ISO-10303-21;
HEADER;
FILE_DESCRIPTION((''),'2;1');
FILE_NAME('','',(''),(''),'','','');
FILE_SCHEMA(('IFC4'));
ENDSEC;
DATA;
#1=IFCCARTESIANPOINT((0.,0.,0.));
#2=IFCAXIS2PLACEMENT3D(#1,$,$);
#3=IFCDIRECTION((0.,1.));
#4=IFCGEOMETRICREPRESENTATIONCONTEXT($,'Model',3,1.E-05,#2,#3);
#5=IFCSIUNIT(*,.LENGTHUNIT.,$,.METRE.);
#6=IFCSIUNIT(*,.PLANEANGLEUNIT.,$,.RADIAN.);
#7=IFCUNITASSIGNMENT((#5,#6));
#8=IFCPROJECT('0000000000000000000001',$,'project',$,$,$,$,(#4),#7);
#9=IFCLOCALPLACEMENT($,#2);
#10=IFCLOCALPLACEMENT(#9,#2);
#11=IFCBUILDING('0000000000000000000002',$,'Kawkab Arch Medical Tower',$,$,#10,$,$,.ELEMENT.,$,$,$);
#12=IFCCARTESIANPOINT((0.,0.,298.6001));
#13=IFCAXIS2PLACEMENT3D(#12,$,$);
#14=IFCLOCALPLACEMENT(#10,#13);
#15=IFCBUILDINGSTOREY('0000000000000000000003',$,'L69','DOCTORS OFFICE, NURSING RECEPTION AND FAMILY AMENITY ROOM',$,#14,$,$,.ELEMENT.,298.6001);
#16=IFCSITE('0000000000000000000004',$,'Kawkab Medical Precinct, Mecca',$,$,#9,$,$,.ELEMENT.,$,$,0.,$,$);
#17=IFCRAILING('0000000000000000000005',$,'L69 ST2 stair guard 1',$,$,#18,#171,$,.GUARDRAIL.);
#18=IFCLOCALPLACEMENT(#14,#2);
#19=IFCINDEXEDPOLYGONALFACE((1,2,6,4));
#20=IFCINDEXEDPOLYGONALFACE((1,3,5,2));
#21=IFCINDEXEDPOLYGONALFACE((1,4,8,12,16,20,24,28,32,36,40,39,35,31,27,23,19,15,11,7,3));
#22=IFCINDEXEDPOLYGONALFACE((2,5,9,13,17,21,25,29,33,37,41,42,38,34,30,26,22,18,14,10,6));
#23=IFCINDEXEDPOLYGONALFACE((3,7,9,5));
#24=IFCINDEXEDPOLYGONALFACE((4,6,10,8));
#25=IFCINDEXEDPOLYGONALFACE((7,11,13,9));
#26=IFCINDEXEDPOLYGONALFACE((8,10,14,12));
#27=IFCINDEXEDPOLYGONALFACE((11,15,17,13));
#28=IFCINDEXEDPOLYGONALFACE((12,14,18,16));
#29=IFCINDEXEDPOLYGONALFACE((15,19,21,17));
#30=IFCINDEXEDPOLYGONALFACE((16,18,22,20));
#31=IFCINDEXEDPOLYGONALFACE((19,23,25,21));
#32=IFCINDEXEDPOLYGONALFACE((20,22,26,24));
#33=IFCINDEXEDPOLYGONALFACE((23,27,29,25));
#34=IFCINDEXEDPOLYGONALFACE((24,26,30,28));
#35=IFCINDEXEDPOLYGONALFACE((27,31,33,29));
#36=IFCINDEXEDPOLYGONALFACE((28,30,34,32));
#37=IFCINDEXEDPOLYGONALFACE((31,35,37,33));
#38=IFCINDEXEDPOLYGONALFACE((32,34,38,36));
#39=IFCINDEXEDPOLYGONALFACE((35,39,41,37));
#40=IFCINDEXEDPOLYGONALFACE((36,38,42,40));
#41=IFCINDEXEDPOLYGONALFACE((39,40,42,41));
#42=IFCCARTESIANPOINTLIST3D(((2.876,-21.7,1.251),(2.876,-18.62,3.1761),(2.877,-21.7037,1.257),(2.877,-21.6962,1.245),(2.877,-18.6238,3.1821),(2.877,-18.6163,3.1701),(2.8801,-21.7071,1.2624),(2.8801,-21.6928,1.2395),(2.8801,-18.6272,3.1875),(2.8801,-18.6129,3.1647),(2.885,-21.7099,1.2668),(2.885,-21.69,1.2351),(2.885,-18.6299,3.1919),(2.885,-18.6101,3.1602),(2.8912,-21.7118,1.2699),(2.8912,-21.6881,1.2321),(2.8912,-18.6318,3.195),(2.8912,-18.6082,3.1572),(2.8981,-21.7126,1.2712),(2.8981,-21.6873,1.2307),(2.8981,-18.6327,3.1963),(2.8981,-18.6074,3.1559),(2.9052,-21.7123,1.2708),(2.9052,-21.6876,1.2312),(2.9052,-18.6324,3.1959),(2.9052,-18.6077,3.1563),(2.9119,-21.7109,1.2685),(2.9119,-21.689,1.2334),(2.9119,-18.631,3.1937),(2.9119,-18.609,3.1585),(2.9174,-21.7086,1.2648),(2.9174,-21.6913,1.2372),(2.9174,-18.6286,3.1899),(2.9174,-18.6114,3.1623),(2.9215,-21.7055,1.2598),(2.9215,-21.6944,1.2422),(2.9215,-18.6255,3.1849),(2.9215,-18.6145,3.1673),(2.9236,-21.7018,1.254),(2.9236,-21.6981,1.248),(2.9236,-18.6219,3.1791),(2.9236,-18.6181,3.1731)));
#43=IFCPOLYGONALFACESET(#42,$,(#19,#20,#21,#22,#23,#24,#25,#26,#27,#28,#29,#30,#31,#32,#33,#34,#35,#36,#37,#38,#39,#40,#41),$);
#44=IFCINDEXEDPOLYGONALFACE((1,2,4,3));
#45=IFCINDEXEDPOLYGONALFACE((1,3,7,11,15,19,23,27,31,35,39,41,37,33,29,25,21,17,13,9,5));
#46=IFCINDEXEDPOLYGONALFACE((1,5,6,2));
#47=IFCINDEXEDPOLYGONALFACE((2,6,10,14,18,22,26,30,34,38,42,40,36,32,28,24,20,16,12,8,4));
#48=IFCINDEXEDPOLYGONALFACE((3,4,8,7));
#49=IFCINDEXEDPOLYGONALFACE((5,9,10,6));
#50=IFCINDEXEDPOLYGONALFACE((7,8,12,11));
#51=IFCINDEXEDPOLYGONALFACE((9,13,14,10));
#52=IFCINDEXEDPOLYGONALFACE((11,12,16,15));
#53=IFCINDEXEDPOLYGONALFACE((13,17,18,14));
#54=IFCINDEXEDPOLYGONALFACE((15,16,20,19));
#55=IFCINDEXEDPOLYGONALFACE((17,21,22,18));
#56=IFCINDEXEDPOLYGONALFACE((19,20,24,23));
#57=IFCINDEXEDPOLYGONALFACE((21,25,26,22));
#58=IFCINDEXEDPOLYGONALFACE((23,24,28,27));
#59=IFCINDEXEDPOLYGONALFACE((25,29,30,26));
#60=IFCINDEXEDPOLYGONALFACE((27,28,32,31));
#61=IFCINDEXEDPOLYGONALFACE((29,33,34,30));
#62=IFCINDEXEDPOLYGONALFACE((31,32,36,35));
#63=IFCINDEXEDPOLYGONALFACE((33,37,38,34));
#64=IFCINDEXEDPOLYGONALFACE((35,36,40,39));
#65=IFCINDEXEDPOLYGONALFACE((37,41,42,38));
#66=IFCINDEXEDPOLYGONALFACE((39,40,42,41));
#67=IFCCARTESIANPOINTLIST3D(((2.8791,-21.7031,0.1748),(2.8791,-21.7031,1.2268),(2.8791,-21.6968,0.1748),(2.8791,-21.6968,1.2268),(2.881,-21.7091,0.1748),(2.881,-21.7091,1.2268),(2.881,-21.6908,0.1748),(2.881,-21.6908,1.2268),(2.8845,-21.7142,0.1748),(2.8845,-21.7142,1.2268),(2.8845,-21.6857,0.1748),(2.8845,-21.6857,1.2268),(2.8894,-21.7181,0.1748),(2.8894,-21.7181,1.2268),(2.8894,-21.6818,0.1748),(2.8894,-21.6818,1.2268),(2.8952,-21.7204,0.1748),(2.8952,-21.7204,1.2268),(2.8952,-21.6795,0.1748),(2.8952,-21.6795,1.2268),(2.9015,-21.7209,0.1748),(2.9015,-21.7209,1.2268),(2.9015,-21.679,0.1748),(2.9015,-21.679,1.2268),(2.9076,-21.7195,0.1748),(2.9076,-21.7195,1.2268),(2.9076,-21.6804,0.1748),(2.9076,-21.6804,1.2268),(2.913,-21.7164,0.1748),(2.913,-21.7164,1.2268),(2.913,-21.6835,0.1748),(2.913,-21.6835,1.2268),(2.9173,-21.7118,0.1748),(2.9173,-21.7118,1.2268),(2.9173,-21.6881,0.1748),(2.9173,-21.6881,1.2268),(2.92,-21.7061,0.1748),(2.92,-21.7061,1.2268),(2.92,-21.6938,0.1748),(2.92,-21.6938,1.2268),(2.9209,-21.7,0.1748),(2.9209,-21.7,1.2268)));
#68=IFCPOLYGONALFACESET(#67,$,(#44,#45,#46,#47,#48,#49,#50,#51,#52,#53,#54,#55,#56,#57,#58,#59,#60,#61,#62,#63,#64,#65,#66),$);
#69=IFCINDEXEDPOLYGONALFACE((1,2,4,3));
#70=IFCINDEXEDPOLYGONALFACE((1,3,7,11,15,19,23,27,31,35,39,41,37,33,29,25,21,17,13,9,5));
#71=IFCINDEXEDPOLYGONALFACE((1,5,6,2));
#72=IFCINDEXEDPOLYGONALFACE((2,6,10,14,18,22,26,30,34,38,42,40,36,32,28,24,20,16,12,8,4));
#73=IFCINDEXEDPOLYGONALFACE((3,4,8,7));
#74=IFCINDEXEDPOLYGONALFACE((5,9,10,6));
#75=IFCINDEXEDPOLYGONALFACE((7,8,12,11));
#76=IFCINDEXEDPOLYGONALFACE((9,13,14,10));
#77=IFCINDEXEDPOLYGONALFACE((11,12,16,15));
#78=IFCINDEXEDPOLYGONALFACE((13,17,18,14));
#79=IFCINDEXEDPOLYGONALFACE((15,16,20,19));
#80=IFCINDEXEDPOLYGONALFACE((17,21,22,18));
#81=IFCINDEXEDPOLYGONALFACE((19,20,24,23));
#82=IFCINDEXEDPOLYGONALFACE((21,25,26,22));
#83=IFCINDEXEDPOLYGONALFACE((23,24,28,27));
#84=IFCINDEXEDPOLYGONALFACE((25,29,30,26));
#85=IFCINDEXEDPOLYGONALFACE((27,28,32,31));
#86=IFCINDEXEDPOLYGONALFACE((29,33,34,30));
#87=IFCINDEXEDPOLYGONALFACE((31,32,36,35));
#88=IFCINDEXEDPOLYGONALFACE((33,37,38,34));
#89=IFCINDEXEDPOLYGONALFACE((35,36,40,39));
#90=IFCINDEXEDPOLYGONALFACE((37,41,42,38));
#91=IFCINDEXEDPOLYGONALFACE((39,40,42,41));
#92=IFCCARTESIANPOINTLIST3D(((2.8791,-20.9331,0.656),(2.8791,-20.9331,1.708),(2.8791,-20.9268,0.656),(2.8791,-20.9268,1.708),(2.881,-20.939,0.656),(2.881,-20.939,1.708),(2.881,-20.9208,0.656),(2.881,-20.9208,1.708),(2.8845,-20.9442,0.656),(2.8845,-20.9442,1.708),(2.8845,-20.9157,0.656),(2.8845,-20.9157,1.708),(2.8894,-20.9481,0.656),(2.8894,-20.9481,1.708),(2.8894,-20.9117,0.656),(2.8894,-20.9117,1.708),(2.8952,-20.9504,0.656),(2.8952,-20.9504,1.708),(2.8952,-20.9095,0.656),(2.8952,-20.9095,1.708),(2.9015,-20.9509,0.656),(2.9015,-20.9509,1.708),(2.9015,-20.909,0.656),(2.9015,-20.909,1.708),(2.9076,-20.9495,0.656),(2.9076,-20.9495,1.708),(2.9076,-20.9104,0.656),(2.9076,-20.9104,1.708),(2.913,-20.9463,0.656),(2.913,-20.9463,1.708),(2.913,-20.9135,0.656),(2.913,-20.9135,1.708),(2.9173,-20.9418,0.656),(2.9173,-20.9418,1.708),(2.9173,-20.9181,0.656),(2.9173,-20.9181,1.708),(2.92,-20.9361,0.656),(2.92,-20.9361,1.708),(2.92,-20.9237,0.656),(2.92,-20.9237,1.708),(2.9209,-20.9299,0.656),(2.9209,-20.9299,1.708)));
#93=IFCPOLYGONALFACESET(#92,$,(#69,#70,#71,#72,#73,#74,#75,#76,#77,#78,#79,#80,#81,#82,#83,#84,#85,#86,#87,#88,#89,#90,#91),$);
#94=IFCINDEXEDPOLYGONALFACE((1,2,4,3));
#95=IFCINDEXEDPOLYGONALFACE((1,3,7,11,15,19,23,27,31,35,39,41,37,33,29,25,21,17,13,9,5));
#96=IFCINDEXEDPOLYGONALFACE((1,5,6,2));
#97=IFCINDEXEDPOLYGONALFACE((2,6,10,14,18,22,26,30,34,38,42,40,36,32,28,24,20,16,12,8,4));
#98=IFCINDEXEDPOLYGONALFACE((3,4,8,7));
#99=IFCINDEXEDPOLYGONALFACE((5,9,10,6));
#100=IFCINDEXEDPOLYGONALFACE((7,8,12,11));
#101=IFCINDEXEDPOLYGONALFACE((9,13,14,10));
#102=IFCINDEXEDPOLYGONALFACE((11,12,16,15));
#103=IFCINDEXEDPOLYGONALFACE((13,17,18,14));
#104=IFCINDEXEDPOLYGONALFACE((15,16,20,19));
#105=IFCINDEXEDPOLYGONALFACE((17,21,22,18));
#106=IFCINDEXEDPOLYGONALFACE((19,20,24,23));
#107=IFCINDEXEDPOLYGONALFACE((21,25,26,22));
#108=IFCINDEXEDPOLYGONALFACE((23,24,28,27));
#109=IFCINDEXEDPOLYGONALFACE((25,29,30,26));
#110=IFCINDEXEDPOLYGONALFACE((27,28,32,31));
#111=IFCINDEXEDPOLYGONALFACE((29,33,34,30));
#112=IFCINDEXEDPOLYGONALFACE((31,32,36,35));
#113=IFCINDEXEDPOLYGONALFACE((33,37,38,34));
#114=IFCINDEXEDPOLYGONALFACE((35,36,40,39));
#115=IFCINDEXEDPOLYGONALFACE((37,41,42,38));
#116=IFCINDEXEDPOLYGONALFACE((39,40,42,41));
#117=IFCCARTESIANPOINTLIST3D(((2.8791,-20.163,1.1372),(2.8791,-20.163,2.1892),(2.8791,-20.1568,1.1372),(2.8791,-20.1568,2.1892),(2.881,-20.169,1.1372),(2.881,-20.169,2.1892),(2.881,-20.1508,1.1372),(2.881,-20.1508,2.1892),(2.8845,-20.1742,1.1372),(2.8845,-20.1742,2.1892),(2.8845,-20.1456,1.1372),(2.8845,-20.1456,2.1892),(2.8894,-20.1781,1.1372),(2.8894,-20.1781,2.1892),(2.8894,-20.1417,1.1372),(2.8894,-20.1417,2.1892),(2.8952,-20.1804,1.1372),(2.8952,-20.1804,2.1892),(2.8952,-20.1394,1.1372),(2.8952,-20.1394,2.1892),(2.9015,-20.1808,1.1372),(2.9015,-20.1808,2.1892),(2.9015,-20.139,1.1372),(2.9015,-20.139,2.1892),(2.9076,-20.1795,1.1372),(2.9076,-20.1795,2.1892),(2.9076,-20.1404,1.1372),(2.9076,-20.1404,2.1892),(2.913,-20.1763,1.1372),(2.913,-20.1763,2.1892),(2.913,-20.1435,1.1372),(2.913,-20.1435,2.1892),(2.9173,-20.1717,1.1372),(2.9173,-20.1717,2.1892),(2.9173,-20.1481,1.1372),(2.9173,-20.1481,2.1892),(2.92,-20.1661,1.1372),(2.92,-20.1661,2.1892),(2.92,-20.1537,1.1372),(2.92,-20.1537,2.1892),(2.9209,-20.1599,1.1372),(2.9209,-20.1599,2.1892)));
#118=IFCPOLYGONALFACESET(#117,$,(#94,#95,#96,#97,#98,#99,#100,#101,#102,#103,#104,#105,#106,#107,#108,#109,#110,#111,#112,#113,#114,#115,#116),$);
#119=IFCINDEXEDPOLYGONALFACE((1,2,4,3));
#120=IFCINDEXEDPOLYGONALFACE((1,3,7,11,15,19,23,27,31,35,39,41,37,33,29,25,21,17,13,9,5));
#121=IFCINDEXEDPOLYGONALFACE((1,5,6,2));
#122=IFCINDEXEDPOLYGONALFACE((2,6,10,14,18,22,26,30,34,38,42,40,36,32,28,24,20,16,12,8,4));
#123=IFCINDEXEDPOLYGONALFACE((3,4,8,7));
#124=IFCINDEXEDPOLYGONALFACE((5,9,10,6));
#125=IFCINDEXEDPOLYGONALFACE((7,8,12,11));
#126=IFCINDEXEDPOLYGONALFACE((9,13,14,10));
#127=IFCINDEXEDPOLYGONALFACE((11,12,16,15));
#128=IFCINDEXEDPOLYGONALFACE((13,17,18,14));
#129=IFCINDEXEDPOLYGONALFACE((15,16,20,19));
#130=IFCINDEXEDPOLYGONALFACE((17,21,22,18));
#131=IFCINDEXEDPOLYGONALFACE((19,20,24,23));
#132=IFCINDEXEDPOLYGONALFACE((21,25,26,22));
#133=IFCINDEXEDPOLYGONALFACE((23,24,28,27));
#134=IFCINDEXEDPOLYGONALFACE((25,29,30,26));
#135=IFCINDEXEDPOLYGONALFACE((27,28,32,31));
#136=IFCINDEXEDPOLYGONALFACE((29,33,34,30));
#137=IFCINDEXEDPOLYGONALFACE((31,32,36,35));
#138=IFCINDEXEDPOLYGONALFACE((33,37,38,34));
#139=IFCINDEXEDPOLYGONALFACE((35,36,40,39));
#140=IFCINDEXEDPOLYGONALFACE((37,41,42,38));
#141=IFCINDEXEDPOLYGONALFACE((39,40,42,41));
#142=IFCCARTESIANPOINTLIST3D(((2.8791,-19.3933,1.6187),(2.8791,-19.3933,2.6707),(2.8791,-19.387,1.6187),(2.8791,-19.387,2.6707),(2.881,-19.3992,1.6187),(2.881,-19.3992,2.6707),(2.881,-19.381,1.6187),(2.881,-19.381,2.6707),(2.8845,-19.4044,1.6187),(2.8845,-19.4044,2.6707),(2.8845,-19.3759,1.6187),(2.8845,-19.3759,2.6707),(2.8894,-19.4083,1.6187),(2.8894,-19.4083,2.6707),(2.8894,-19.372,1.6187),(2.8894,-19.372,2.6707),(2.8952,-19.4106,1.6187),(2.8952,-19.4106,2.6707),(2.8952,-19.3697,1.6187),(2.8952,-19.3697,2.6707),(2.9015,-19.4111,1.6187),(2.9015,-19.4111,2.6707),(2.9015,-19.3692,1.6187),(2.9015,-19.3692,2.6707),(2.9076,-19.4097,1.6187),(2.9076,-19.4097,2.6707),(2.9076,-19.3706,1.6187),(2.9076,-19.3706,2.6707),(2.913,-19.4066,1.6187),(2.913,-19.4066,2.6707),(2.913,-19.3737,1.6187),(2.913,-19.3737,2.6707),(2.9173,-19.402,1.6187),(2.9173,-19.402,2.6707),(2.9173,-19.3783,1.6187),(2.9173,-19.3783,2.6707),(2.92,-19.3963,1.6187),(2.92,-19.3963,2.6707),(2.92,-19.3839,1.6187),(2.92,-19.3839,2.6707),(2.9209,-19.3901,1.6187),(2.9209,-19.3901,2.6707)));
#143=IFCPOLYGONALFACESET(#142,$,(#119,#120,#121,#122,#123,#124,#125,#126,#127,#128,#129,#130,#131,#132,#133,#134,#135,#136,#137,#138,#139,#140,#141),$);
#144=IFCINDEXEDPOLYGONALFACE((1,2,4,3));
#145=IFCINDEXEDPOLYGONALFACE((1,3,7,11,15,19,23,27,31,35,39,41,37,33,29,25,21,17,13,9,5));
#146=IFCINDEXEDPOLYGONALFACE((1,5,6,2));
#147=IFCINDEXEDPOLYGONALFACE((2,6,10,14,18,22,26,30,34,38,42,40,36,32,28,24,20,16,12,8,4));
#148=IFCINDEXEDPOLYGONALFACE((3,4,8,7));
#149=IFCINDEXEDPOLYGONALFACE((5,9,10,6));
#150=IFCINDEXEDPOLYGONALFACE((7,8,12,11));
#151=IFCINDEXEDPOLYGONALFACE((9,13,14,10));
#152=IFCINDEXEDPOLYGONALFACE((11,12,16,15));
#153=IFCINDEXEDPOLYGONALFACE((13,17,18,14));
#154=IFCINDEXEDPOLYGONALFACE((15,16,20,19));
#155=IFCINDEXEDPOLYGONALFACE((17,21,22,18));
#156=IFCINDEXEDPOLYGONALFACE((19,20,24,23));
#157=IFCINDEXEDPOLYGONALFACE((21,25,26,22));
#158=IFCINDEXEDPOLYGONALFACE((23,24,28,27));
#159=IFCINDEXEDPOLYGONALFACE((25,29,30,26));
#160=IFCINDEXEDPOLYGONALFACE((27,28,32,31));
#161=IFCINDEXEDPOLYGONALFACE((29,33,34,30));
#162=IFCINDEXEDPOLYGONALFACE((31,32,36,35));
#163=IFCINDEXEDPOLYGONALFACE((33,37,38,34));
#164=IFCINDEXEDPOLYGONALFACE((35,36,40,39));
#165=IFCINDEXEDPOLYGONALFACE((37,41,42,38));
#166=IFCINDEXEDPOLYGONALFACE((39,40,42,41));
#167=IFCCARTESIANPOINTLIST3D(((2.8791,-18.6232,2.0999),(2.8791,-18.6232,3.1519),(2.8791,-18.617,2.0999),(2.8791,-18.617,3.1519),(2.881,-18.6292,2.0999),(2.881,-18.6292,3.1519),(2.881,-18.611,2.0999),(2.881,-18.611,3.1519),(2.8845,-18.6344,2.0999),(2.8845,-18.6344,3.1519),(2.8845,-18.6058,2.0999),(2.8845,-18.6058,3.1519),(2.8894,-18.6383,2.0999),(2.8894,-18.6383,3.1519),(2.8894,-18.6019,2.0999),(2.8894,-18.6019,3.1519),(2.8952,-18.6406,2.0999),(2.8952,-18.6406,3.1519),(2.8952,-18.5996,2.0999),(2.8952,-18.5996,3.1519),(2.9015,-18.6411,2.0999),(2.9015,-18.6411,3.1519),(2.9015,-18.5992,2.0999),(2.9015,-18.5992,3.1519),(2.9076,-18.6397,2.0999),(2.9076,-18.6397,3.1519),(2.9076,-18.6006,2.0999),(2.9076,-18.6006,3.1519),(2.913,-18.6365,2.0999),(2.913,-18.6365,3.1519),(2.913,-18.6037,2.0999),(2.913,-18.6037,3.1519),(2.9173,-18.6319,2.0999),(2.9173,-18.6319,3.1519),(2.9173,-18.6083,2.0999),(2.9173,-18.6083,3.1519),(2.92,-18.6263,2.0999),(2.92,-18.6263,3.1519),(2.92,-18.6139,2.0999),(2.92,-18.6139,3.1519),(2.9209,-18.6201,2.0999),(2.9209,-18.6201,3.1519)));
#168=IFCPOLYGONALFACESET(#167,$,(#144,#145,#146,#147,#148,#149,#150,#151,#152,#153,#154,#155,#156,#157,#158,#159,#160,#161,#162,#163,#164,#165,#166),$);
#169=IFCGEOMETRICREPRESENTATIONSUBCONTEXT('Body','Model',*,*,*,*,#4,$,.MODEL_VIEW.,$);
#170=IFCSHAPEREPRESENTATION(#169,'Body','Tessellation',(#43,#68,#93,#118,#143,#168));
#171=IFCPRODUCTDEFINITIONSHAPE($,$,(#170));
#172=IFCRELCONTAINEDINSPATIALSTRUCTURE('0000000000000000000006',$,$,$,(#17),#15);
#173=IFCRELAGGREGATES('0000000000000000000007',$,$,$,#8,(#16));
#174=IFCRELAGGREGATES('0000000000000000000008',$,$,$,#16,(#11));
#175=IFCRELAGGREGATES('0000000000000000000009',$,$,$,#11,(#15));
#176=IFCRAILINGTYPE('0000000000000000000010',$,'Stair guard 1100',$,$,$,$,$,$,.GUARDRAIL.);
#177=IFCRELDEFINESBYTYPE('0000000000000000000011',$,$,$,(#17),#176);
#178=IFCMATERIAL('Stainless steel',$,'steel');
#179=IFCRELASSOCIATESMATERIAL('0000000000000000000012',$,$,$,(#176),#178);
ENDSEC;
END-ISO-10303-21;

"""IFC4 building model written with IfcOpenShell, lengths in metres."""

from ifc_helpers import new_model, si_unit, direction, frame, origin, origin_2d, place, context, subcontext, project, spatial, circle, extrude, material, type_object, element, save


model = new_model("IFC4")

# Units and contexts
model_context = context("Model", 3, precision=1e-05, world=origin(), true_north=direction((0.0, 1.0)))
body_context = subcontext(model_context, "Body", "Model", "MODEL_VIEW")
ifc_project = project(units=[si_unit("LENGTHUNIT", "METRE"), si_unit("PLANEANGLEUNIT", "RADIAN")], contexts=[model_context])

# Site, building, storey
site_placement = place(None, origin())
site = spatial("IfcSite", under=ifc_project, at=site_placement, Name="Kawkab Medical Precinct, Mecca", CompositionType="ELEMENT", RefElevation=0.0)
building_placement = place(site_placement, origin())
building = spatial("IfcBuilding", under=site, at=building_placement, Name="Kawkab Arch Medical Tower", CompositionType="ELEMENT")
storey_placement = place(building_placement, frame((0.0, 0.0, 298.6001)))
storey = spatial("IfcBuildingStorey", under=building, at=storey_placement, Name="L69", Description="DOCTORS OFFICE, NURSING RECEPTION AND FAMILY AMENITY ROOM", CompositionType="ELEMENT", Elevation=298.6001)

# Railing
ifc_material_1 = material(Name="Stainless steel", Category="steel")
railing_type = type_object("IfcRailingType", Name="Stair guard 1100", PredefinedType="GUARDRAIL", material=ifc_material_1)
railing_1_placement = place(storey_placement, frame((2.8999, -21.7, 0.1748)))
element("IfcRailing", 1, at=railing_1_placement, inside=storey, type_object=railing_type, Name="L69 ST2 stair guard 1", PredefinedType="GUARDRAIL", context=body_context, shape_type="SweptSolid", body=[
    extrude(circle(Radius=0.0239, at=origin_2d()), frame((0.0, 0.0, 1.0762), z_axis=(0.0, 0.847979, 0.530029), x_axis=(-1.0, 0.0, 0.0)), (0.0, 0.0, 1.0), 3.6321),
    extrude(circle(Radius=0.021, at=origin_2d()), origin(), (0.0, 0.0, 1.0), 1.052),
    extrude(circle(Radius=0.021, at=origin_2d()), frame((0.0, 0.77, 0.4812)), (0.0, 0.0, 1.0), 1.052),
    extrude(circle(Radius=0.021, at=origin_2d()), frame((0.0, 1.54, 0.9624)), (0.0, 0.0, 1.0), 1.052),
    extrude(circle(Radius=0.021, at=origin_2d()), frame((0.0, 2.3098, 1.4438)), (0.0, 0.0, 1.0), 1.052),
    extrude(circle(Radius=0.021, at=origin_2d()), frame((0.0, 3.0798, 1.925)), (0.0, 0.0, 1.0), 1.052),
])

save(model, "model.ifc")
